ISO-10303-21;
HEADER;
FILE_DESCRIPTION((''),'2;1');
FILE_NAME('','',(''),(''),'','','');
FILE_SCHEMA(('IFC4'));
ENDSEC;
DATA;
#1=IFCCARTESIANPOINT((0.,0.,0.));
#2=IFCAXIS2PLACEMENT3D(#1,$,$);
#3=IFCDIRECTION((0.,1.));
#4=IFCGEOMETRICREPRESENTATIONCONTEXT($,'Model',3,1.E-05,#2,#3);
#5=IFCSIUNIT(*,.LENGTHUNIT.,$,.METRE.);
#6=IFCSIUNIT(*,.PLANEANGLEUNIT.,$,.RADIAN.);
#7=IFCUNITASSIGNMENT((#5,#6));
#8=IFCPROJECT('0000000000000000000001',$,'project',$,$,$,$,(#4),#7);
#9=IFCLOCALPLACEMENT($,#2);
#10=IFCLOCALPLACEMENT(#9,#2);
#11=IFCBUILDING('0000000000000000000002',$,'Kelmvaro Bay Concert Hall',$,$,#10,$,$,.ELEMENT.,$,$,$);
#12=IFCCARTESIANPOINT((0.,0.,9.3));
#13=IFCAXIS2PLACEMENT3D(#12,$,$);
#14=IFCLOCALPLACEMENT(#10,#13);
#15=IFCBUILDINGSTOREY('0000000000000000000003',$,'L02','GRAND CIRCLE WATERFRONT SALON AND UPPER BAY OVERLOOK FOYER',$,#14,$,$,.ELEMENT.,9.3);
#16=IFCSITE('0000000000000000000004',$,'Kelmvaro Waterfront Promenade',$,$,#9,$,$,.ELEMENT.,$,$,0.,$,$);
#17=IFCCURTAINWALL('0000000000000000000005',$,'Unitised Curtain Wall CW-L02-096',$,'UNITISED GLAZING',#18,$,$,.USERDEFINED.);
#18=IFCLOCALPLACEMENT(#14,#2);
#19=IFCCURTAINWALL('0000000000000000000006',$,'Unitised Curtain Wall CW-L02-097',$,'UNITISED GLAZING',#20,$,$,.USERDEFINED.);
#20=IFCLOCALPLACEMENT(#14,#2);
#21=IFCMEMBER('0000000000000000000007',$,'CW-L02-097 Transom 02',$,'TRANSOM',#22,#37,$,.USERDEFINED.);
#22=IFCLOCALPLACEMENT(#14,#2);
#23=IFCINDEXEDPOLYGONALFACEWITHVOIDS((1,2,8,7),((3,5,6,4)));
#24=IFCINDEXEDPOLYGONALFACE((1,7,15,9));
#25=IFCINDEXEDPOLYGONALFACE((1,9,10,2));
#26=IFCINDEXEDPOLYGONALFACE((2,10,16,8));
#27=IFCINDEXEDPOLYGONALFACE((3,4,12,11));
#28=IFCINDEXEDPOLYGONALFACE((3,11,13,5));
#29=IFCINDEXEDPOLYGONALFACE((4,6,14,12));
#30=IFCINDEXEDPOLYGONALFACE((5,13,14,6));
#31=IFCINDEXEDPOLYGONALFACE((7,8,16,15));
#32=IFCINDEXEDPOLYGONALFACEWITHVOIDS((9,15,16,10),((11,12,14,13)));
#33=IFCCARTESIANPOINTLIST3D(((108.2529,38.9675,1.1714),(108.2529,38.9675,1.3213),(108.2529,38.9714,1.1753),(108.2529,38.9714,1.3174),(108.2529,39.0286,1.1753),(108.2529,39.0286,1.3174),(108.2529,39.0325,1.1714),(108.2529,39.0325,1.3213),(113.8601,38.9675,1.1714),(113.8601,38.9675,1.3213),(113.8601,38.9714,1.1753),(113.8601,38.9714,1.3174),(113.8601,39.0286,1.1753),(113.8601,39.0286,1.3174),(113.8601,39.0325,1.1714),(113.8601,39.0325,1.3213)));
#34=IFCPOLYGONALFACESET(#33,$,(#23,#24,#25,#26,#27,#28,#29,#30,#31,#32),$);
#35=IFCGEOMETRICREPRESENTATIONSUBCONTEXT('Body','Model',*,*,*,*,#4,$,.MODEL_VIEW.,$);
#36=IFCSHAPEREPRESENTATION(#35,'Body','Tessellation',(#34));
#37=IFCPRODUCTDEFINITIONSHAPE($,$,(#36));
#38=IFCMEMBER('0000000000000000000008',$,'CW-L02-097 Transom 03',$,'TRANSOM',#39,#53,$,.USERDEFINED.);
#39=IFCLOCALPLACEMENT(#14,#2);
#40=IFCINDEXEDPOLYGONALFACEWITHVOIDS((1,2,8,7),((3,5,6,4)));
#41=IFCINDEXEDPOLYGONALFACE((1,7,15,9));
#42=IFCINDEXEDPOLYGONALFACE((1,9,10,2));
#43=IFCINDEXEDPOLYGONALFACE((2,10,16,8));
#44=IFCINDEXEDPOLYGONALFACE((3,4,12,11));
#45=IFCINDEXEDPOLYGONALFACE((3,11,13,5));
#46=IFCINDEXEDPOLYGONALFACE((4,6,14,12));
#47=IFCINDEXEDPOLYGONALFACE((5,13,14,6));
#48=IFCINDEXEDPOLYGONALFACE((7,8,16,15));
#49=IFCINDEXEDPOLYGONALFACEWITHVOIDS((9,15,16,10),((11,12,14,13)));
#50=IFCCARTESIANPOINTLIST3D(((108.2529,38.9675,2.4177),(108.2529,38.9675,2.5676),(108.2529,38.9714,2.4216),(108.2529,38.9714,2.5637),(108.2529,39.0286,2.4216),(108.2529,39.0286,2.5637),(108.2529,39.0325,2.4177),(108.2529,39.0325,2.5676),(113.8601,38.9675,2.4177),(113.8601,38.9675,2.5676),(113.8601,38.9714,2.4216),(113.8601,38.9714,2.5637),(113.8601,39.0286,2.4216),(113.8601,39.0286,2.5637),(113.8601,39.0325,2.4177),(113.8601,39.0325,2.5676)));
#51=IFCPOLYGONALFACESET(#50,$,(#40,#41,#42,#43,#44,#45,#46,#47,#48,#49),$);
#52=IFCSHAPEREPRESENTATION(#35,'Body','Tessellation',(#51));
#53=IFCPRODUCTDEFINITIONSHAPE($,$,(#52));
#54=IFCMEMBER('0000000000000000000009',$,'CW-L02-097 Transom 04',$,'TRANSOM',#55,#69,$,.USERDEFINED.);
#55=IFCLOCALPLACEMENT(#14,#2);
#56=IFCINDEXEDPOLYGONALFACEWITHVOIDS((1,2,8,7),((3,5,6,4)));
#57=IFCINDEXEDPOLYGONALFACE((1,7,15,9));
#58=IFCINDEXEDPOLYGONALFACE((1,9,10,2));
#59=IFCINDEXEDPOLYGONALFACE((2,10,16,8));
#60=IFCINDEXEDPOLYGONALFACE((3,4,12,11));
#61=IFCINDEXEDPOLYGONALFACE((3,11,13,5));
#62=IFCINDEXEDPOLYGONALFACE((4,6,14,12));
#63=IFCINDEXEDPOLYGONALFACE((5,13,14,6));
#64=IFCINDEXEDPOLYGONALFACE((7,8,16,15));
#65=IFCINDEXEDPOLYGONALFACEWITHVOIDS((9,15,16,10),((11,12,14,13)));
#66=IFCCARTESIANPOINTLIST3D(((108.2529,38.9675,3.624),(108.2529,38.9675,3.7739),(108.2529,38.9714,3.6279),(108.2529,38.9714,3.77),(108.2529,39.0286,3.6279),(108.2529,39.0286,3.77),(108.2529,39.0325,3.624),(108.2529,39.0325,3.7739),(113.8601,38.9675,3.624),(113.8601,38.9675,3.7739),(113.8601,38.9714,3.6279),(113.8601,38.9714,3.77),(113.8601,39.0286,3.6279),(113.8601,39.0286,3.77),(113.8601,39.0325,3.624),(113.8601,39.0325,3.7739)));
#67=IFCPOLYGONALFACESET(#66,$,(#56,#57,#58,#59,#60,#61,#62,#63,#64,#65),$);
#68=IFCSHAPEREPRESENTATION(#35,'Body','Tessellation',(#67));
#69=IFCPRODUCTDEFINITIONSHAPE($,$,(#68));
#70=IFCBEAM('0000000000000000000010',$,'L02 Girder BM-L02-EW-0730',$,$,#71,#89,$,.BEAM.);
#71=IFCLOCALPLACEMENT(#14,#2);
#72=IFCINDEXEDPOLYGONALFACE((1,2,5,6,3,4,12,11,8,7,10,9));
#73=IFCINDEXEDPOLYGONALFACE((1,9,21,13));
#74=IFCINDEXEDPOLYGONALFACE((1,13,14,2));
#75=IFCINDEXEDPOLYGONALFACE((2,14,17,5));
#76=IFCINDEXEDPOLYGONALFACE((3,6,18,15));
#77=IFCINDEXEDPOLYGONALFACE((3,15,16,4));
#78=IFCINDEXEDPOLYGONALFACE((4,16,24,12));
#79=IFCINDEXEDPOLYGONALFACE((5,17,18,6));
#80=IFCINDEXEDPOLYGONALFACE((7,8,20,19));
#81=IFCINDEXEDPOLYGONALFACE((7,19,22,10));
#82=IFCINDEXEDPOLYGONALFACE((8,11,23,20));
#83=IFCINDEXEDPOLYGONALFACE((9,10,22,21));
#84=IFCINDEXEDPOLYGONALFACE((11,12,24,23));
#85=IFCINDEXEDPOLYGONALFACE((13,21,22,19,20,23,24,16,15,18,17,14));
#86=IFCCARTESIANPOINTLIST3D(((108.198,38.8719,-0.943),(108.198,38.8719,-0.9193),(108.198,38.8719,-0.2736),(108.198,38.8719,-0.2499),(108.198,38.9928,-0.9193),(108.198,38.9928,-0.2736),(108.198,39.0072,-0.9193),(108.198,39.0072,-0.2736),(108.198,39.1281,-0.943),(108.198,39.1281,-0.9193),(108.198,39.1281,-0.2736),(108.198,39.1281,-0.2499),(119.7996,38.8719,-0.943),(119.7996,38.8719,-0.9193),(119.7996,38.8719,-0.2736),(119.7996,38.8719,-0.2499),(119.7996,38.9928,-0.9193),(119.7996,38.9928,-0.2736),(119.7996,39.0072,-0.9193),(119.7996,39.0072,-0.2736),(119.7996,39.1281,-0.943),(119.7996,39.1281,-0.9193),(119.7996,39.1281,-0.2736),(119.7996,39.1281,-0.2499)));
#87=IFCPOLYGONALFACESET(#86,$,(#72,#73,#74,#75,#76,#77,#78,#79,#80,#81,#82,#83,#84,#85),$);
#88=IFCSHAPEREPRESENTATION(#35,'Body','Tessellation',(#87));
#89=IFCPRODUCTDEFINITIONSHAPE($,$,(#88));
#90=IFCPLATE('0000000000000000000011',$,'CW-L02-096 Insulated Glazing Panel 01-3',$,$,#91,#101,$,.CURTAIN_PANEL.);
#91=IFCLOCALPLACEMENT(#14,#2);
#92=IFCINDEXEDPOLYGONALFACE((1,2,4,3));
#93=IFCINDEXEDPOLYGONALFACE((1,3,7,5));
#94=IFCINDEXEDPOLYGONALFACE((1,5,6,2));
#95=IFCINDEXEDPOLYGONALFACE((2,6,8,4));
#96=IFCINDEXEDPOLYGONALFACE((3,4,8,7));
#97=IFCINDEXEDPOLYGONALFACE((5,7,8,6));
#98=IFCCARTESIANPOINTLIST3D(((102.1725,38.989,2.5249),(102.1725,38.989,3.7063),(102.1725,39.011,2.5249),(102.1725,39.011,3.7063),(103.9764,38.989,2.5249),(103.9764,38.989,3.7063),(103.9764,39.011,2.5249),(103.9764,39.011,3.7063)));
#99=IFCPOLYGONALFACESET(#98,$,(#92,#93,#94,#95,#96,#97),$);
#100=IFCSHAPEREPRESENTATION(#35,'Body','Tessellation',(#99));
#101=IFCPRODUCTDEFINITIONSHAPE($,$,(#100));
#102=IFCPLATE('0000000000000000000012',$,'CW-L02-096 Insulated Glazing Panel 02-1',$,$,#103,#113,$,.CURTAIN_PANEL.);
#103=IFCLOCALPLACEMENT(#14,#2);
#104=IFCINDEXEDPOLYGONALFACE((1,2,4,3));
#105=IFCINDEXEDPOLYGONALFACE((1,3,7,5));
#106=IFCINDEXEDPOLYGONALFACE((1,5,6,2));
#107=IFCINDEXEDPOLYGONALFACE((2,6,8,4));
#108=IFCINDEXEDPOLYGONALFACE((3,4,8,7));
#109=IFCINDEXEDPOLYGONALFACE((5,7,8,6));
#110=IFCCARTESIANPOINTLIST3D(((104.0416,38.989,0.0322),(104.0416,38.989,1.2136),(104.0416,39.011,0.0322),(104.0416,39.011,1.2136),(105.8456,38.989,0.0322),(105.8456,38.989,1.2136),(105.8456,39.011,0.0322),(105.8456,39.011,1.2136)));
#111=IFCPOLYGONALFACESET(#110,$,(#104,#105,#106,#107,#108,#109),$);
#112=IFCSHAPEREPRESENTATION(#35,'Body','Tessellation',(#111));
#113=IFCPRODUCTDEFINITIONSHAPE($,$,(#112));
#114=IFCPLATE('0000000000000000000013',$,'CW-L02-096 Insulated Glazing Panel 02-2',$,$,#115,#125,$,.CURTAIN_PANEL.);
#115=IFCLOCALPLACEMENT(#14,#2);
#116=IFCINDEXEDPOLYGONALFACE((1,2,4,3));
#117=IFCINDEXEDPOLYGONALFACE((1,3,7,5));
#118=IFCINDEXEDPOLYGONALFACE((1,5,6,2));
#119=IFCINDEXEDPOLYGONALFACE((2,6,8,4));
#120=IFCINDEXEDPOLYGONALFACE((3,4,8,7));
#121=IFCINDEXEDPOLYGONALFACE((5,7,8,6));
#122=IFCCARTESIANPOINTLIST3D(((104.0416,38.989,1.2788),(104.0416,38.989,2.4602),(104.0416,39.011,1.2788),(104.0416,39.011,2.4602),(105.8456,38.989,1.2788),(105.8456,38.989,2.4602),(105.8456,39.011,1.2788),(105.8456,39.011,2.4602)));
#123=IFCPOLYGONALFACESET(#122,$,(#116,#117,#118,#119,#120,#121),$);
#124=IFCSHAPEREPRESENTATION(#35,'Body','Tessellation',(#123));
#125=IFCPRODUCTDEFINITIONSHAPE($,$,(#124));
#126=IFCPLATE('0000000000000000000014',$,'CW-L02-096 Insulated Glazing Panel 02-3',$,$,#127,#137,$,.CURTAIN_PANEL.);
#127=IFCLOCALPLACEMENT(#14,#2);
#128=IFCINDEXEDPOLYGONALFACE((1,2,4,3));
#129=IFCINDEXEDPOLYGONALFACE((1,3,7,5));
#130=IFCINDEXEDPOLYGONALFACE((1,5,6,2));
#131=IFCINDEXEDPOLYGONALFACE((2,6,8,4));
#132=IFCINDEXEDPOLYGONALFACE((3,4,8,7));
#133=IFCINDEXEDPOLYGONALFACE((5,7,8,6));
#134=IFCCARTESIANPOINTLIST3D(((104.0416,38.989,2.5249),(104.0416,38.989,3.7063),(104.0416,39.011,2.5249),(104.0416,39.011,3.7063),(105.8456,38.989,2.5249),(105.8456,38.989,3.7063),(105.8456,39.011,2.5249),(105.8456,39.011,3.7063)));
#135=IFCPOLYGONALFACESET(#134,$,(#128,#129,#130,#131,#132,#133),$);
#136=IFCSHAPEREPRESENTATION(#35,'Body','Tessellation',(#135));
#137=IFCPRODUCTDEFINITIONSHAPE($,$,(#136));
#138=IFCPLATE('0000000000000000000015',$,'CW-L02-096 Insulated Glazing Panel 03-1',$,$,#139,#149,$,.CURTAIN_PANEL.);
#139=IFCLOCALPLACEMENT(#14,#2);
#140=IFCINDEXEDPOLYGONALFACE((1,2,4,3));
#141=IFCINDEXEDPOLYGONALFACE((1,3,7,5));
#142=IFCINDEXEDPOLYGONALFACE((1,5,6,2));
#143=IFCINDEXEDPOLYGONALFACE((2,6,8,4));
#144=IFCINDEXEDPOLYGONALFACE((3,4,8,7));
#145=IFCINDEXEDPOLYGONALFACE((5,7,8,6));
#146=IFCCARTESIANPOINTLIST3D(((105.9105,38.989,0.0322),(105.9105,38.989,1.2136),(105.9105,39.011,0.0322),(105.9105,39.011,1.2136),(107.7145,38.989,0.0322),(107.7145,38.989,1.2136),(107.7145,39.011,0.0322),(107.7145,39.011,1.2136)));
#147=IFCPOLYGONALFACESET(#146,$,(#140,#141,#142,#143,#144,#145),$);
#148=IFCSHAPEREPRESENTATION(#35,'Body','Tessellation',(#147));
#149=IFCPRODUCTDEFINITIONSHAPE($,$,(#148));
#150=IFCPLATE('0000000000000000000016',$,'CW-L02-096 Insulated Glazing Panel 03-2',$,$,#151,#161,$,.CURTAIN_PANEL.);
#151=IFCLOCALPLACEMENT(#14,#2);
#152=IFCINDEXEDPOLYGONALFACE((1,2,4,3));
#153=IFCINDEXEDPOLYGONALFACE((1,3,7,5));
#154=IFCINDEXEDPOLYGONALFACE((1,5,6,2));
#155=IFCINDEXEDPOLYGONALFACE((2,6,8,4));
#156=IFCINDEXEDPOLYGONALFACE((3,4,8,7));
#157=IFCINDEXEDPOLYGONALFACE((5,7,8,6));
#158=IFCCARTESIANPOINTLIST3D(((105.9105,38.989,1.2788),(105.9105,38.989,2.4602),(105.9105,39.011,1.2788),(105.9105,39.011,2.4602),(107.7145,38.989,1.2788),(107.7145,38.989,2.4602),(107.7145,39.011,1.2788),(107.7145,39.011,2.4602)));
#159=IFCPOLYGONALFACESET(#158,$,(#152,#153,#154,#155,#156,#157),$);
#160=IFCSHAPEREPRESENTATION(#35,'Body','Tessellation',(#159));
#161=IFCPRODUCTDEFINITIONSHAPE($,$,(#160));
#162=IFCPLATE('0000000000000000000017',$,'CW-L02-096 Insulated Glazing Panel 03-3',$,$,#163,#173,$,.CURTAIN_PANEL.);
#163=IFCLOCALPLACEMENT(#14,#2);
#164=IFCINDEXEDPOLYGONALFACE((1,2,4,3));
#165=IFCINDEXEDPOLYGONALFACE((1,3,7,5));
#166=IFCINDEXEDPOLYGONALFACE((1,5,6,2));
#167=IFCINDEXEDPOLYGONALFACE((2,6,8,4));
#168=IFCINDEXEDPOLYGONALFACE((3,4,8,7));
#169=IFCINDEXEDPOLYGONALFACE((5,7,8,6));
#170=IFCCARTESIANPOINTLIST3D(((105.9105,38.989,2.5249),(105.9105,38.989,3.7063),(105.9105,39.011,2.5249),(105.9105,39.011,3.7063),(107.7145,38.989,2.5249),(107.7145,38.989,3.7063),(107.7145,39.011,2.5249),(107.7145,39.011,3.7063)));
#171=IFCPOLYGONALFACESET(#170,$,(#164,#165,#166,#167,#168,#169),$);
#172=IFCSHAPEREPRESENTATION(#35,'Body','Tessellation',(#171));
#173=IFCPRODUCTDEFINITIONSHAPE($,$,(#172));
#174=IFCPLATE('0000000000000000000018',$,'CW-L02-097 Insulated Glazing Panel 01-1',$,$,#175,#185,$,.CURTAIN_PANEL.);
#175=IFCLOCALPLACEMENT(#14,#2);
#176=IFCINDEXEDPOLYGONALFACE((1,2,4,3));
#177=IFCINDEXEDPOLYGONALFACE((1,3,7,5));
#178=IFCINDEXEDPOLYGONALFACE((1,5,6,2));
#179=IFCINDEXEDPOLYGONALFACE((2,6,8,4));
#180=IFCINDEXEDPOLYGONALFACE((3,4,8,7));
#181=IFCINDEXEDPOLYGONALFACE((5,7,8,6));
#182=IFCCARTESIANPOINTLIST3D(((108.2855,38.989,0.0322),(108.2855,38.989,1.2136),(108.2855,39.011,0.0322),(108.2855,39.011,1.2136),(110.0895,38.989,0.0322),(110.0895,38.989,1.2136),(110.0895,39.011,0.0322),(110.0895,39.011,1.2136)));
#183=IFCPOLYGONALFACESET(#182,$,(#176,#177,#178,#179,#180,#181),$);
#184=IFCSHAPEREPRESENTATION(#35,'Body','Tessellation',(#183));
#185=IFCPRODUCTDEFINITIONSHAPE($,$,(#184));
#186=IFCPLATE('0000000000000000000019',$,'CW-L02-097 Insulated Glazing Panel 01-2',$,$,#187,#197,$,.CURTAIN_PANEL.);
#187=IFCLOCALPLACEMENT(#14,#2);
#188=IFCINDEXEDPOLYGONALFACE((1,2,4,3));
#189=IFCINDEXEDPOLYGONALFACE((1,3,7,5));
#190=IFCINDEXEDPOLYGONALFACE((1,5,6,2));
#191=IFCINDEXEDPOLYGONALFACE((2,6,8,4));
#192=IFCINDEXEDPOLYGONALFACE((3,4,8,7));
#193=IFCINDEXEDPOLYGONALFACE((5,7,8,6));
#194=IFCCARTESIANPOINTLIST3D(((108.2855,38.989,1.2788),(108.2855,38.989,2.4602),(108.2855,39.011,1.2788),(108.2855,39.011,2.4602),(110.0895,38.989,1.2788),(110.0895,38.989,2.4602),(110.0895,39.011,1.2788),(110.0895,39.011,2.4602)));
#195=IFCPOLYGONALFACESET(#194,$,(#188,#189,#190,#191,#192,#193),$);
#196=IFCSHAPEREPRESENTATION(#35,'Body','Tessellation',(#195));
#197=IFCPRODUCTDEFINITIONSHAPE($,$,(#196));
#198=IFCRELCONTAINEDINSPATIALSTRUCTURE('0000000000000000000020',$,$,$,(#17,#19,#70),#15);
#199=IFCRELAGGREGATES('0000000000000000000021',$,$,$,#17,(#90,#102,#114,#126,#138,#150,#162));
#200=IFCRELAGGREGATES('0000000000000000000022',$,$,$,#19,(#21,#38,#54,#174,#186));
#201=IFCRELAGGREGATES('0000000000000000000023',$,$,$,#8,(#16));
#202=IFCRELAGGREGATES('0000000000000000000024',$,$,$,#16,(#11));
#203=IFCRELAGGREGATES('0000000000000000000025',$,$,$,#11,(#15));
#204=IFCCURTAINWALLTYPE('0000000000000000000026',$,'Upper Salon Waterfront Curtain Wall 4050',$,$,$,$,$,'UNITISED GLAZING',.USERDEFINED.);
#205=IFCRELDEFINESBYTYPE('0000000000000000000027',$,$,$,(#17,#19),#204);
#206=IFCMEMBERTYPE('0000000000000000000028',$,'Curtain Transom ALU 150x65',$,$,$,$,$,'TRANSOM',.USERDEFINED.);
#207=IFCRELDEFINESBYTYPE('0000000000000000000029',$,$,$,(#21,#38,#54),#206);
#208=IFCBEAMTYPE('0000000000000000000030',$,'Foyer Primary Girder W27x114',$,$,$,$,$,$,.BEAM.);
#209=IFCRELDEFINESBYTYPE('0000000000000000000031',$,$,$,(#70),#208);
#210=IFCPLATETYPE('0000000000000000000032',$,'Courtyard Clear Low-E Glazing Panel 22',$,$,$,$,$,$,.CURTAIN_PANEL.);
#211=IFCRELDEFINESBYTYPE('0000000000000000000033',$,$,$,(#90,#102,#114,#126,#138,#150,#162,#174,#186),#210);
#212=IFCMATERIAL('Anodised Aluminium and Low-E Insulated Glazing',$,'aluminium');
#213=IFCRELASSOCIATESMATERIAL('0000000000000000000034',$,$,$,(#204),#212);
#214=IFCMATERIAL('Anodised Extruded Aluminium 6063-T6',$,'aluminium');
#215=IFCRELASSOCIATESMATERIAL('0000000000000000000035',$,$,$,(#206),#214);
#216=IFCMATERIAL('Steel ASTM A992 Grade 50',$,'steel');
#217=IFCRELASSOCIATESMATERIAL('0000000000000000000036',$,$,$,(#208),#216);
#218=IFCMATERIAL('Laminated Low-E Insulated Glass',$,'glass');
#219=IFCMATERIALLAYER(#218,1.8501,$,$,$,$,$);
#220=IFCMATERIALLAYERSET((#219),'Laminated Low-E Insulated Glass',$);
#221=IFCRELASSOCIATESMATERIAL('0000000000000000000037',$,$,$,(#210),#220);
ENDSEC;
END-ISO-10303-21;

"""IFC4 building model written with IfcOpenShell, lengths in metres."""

from ifc_helpers import new_model, si_unit, direction, frame, origin, origin_2d, place, context, subcontext, project, spatial, rectangle, hollow_rectangle, i_section, extrude, material, layer, layer_set, material_profile, profile_set, type_object, element, aggregate, save


model = new_model("IFC4")

# Units and contexts
model_context = context("Model", 3, precision=1e-05, world=origin(), true_north=direction((0.0, 1.0)))
body_context = subcontext(model_context, "Body", "Model", "MODEL_VIEW")
ifc_project = project(units=[si_unit("LENGTHUNIT", "METRE"), si_unit("PLANEANGLEUNIT", "RADIAN")], contexts=[model_context])

# Site, building, storey
site_placement = place(None, origin())
site = spatial("IfcSite", under=ifc_project, at=site_placement, Name="Kelmvaro Waterfront Promenade", CompositionType="ELEMENT", RefElevation=0.0)
building_placement = place(site_placement, origin())
building = spatial("IfcBuilding", under=site, at=building_placement, Name="Kelmvaro Bay Concert Hall", CompositionType="ELEMENT")
storey_placement = place(building_placement, frame((0.0, 0.0, 9.3)))
storey = spatial("IfcBuildingStorey", under=building, at=storey_placement, Name="L02", Description="GRAND CIRCLE WATERFRONT SALON AND UPPER BAY OVERLOOK FOYER", CompositionType="ELEMENT", Elevation=9.3)

# Curtain walls
ifc_material_1 = material(Name="Anodised Aluminium and Low-E Insulated Glazing", Category="aluminium")
curtain_wall_type = type_object("IfcCurtainWallType", Name="Upper Salon Waterfront Curtain Wall 4050", ElementType="UNITISED GLAZING", PredefinedType="USERDEFINED", material=ifc_material_1)
curtain_wall_1_placement = place(storey_placement, origin())
curtain_wall_1 = element("IfcCurtainWall", 1, at=curtain_wall_1_placement, inside=storey, type_object=curtain_wall_type, Name="Unitised Curtain Wall CW-L02-096", ObjectType="UNITISED GLAZING", PredefinedType="USERDEFINED")
curtain_wall_2_placement = place(storey_placement, origin())
curtain_wall_2 = element("IfcCurtainWall", 2, at=curtain_wall_2_placement, inside=storey, type_object=curtain_wall_type, Name="Unitised Curtain Wall CW-L02-097", ObjectType="UNITISED GLAZING", PredefinedType="USERDEFINED")

# Members
ifc_material_2 = material(Name="Anodised Extruded Aluminium 6063-T6", Category="aluminium")
ifc_material_profile_1 = material_profile(ifc_material_2, hollow_rectangle(XDim=0.0649, YDim=0.1499, WallThickness=0.0039, at=origin_2d()), Name="ALU-TRN-150X65")
ifc_profile_set_1 = profile_set([ifc_material_profile_1], Name="Anodised Extruded Aluminium 6063-T6")
member_type_1 = type_object("IfcMemberType", Name="Curtain Transom ALU 150x65", ElementType="TRANSOM", PredefinedType="USERDEFINED", material=ifc_profile_set_1)
member_1_placement = place(storey_placement, frame((108.2529, 39.0, 1.2463), z_axis=(1.0, 0.0, 0.0), x_axis=(0.0, 1.0, 0.0)))
member_1 = element("IfcMember", 3, at=member_1_placement, type_object=member_type_1, Name="CW-L02-097 Transom 02", ObjectType="TRANSOM", PredefinedType="USERDEFINED", context=body_context, shape_type="SweptSolid", body=[
    extrude(hollow_rectangle(XDim=0.0649, YDim=0.1499, WallThickness=0.0039, at=origin_2d()), origin(), (0.0, 0.0, 1.0), 5.6072),
])
member_2_placement = place(storey_placement, frame((108.2529, 39.0, 2.4927), z_axis=(1.0, 0.0, 0.0), x_axis=(0.0, 1.0, 0.0)))
member_2 = element("IfcMember", 4, at=member_2_placement, type_object=member_type_1, Name="CW-L02-097 Transom 03", ObjectType="TRANSOM", PredefinedType="USERDEFINED", context=body_context, shape_type="SweptSolid", body=[
    extrude(hollow_rectangle(XDim=0.0649, YDim=0.1499, WallThickness=0.0039, at=origin_2d()), origin(), (0.0, 0.0, 1.0), 5.6072),
])
member_3_placement = place(storey_placement, frame((108.2529, 39.0, 3.699), z_axis=(1.0, 0.0, 0.0), x_axis=(0.0, 1.0, 0.0)))
member_3 = element("IfcMember", 5, at=member_3_placement, type_object=member_type_1, Name="CW-L02-097 Transom 04", ObjectType="TRANSOM", PredefinedType="USERDEFINED", context=body_context, shape_type="SweptSolid", body=[
    extrude(hollow_rectangle(XDim=0.0649, YDim=0.1499, WallThickness=0.0039, at=origin_2d()), origin(), (0.0, 0.0, 1.0), 5.6072),
])

# Beam
ifc_material_3 = material(Name="Steel ASTM A992 Grade 50", Category="steel")
ifc_material_profile_2 = material_profile(ifc_material_3, i_section(OverallWidth=0.2561, OverallDepth=0.6931, WebThickness=0.0144, FlangeThickness=0.0237, at=origin_2d()), Name="W27X114")
ifc_profile_set_2 = profile_set([ifc_material_profile_2], Name="Steel ASTM A992 Grade 50")
beam_type = type_object("IfcBeamType", Name="Foyer Primary Girder W27x114", PredefinedType="BEAM", material=ifc_profile_set_2)
beam_placement = place(storey_placement, frame((108.198, 39.0, -0.5964), z_axis=(1.0, 0.0, 0.0), x_axis=(0.0, 1.0, 0.0)))
element("IfcBeam", 6, at=beam_placement, inside=storey, type_object=beam_type, Name="L02 Girder BM-L02-EW-0730", PredefinedType="BEAM", context=body_context, shape_type="SweptSolid", body=[
    extrude(i_section(OverallWidth=0.2561, OverallDepth=0.6931, WebThickness=0.0144, FlangeThickness=0.0237, at=origin_2d()), origin(), (0.0, 0.0, 1.0), 11.6016),
])

# Plates
ifc_material_4 = material(Name="Laminated Low-E Insulated Glass", Category="glass")
ifc_layer = layer(ifc_material_4, 1.8501)
ifc_layer_set = layer_set([ifc_layer], Name="Laminated Low-E Insulated Glass")
plate_type = type_object("IfcPlateType", Name="Courtyard Clear Low-E Glazing Panel 22", PredefinedType="CURTAIN_PANEL", material=ifc_layer_set)
plate_1_placement = place(storey_placement, frame((103.0745, 39.0, 2.5249), z_axis=(0.0, 0.0, 1.0), x_axis=(1.0, 0.0, 0.0)))
plate_1 = element("IfcPlate", 7, at=plate_1_placement, type_object=plate_type, Name="CW-L02-096 Insulated Glazing Panel 01-3", PredefinedType="CURTAIN_PANEL", context=body_context, shape_type="SweptSolid", body=[
    extrude(rectangle(XDim=1.804, YDim=0.022, at=origin_2d()), origin(), (0.0, 0.0, 1.0), 1.1814),
])
plate_2_placement = place(storey_placement, frame((104.9436, 39.0, 0.0322), z_axis=(0.0, 0.0, 1.0), x_axis=(1.0, 0.0, 0.0)))
plate_2 = element("IfcPlate", 8, at=plate_2_placement, type_object=plate_type, Name="CW-L02-096 Insulated Glazing Panel 02-1", PredefinedType="CURTAIN_PANEL", context=body_context, shape_type="SweptSolid", body=[
    extrude(rectangle(XDim=1.804, YDim=0.022, at=origin_2d()), origin(), (0.0, 0.0, 1.0), 1.1814),
])
plate_3_placement = place(storey_placement, frame((104.9436, 39.0, 1.2788), z_axis=(0.0, 0.0, 1.0), x_axis=(1.0, 0.0, 0.0)))
plate_3 = element("IfcPlate", 9, at=plate_3_placement, type_object=plate_type, Name="CW-L02-096 Insulated Glazing Panel 02-2", PredefinedType="CURTAIN_PANEL", context=body_context, shape_type="SweptSolid", body=[
    extrude(rectangle(XDim=1.804, YDim=0.022, at=origin_2d()), origin(), (0.0, 0.0, 1.0), 1.1814),
])
plate_4_placement = place(storey_placement, frame((104.9436, 39.0, 2.5249), z_axis=(0.0, 0.0, 1.0), x_axis=(1.0, 0.0, 0.0)))
plate_4 = element("IfcPlate", 10, at=plate_4_placement, type_object=plate_type, Name="CW-L02-096 Insulated Glazing Panel 02-3", PredefinedType="CURTAIN_PANEL", context=body_context, shape_type="SweptSolid", body=[
    extrude(rectangle(XDim=1.804, YDim=0.022, at=origin_2d()), origin(), (0.0, 0.0, 1.0), 1.1814),
])
plate_5_placement = place(storey_placement, frame((106.8125, 39.0, 0.0322), z_axis=(0.0, 0.0, 1.0), x_axis=(1.0, 0.0, 0.0)))
plate_5 = element("IfcPlate", 11, at=plate_5_placement, type_object=plate_type, Name="CW-L02-096 Insulated Glazing Panel 03-1", PredefinedType="CURTAIN_PANEL", context=body_context, shape_type="SweptSolid", body=[
    extrude(rectangle(XDim=1.804, YDim=0.022, at=origin_2d()), origin(), (0.0, 0.0, 1.0), 1.1814),
])
plate_6_placement = place(storey_placement, frame((106.8125, 39.0, 1.2788), z_axis=(0.0, 0.0, 1.0), x_axis=(1.0, 0.0, 0.0)))
plate_6 = element("IfcPlate", 12, at=plate_6_placement, type_object=plate_type, Name="CW-L02-096 Insulated Glazing Panel 03-2", PredefinedType="CURTAIN_PANEL", context=body_context, shape_type="SweptSolid", body=[
    extrude(rectangle(XDim=1.804, YDim=0.022, at=origin_2d()), origin(), (0.0, 0.0, 1.0), 1.1814),
])
plate_7_placement = place(storey_placement, frame((106.8125, 39.0, 2.5249), z_axis=(0.0, 0.0, 1.0), x_axis=(1.0, 0.0, 0.0)))
plate_7 = element("IfcPlate", 13, at=plate_7_placement, type_object=plate_type, Name="CW-L02-096 Insulated Glazing Panel 03-3", PredefinedType="CURTAIN_PANEL", context=body_context, shape_type="SweptSolid", body=[
    extrude(rectangle(XDim=1.804, YDim=0.022, at=origin_2d()), origin(), (0.0, 0.0, 1.0), 1.1814),
])
aggregate(curtain_wall_1, [plate_1, plate_2, plate_3, plate_4, plate_5, plate_6, plate_7])
plate_8_placement = place(storey_placement, frame((109.1875, 39.0, 0.0322), z_axis=(0.0, 0.0, 1.0), x_axis=(1.0, 0.0, 0.0)))
plate_8 = element("IfcPlate", 14, at=plate_8_placement, type_object=plate_type, Name="CW-L02-097 Insulated Glazing Panel 01-1", PredefinedType="CURTAIN_PANEL", context=body_context, shape_type="SweptSolid", body=[
    extrude(rectangle(XDim=1.804, YDim=0.022, at=origin_2d()), origin(), (0.0, 0.0, 1.0), 1.1814),
])
plate_9_placement = place(storey_placement, frame((109.1875, 39.0, 1.2788), z_axis=(0.0, 0.0, 1.0), x_axis=(1.0, 0.0, 0.0)))
plate_9 = element("IfcPlate", 15, at=plate_9_placement, type_object=plate_type, Name="CW-L02-097 Insulated Glazing Panel 01-2", PredefinedType="CURTAIN_PANEL", context=body_context, shape_type="SweptSolid", body=[
    extrude(rectangle(XDim=1.804, YDim=0.022, at=origin_2d()), origin(), (0.0, 0.0, 1.0), 1.1814),
])
aggregate(curtain_wall_2, [member_1, member_2, member_3, plate_8, plate_9])

save(model, "model.ifc")
